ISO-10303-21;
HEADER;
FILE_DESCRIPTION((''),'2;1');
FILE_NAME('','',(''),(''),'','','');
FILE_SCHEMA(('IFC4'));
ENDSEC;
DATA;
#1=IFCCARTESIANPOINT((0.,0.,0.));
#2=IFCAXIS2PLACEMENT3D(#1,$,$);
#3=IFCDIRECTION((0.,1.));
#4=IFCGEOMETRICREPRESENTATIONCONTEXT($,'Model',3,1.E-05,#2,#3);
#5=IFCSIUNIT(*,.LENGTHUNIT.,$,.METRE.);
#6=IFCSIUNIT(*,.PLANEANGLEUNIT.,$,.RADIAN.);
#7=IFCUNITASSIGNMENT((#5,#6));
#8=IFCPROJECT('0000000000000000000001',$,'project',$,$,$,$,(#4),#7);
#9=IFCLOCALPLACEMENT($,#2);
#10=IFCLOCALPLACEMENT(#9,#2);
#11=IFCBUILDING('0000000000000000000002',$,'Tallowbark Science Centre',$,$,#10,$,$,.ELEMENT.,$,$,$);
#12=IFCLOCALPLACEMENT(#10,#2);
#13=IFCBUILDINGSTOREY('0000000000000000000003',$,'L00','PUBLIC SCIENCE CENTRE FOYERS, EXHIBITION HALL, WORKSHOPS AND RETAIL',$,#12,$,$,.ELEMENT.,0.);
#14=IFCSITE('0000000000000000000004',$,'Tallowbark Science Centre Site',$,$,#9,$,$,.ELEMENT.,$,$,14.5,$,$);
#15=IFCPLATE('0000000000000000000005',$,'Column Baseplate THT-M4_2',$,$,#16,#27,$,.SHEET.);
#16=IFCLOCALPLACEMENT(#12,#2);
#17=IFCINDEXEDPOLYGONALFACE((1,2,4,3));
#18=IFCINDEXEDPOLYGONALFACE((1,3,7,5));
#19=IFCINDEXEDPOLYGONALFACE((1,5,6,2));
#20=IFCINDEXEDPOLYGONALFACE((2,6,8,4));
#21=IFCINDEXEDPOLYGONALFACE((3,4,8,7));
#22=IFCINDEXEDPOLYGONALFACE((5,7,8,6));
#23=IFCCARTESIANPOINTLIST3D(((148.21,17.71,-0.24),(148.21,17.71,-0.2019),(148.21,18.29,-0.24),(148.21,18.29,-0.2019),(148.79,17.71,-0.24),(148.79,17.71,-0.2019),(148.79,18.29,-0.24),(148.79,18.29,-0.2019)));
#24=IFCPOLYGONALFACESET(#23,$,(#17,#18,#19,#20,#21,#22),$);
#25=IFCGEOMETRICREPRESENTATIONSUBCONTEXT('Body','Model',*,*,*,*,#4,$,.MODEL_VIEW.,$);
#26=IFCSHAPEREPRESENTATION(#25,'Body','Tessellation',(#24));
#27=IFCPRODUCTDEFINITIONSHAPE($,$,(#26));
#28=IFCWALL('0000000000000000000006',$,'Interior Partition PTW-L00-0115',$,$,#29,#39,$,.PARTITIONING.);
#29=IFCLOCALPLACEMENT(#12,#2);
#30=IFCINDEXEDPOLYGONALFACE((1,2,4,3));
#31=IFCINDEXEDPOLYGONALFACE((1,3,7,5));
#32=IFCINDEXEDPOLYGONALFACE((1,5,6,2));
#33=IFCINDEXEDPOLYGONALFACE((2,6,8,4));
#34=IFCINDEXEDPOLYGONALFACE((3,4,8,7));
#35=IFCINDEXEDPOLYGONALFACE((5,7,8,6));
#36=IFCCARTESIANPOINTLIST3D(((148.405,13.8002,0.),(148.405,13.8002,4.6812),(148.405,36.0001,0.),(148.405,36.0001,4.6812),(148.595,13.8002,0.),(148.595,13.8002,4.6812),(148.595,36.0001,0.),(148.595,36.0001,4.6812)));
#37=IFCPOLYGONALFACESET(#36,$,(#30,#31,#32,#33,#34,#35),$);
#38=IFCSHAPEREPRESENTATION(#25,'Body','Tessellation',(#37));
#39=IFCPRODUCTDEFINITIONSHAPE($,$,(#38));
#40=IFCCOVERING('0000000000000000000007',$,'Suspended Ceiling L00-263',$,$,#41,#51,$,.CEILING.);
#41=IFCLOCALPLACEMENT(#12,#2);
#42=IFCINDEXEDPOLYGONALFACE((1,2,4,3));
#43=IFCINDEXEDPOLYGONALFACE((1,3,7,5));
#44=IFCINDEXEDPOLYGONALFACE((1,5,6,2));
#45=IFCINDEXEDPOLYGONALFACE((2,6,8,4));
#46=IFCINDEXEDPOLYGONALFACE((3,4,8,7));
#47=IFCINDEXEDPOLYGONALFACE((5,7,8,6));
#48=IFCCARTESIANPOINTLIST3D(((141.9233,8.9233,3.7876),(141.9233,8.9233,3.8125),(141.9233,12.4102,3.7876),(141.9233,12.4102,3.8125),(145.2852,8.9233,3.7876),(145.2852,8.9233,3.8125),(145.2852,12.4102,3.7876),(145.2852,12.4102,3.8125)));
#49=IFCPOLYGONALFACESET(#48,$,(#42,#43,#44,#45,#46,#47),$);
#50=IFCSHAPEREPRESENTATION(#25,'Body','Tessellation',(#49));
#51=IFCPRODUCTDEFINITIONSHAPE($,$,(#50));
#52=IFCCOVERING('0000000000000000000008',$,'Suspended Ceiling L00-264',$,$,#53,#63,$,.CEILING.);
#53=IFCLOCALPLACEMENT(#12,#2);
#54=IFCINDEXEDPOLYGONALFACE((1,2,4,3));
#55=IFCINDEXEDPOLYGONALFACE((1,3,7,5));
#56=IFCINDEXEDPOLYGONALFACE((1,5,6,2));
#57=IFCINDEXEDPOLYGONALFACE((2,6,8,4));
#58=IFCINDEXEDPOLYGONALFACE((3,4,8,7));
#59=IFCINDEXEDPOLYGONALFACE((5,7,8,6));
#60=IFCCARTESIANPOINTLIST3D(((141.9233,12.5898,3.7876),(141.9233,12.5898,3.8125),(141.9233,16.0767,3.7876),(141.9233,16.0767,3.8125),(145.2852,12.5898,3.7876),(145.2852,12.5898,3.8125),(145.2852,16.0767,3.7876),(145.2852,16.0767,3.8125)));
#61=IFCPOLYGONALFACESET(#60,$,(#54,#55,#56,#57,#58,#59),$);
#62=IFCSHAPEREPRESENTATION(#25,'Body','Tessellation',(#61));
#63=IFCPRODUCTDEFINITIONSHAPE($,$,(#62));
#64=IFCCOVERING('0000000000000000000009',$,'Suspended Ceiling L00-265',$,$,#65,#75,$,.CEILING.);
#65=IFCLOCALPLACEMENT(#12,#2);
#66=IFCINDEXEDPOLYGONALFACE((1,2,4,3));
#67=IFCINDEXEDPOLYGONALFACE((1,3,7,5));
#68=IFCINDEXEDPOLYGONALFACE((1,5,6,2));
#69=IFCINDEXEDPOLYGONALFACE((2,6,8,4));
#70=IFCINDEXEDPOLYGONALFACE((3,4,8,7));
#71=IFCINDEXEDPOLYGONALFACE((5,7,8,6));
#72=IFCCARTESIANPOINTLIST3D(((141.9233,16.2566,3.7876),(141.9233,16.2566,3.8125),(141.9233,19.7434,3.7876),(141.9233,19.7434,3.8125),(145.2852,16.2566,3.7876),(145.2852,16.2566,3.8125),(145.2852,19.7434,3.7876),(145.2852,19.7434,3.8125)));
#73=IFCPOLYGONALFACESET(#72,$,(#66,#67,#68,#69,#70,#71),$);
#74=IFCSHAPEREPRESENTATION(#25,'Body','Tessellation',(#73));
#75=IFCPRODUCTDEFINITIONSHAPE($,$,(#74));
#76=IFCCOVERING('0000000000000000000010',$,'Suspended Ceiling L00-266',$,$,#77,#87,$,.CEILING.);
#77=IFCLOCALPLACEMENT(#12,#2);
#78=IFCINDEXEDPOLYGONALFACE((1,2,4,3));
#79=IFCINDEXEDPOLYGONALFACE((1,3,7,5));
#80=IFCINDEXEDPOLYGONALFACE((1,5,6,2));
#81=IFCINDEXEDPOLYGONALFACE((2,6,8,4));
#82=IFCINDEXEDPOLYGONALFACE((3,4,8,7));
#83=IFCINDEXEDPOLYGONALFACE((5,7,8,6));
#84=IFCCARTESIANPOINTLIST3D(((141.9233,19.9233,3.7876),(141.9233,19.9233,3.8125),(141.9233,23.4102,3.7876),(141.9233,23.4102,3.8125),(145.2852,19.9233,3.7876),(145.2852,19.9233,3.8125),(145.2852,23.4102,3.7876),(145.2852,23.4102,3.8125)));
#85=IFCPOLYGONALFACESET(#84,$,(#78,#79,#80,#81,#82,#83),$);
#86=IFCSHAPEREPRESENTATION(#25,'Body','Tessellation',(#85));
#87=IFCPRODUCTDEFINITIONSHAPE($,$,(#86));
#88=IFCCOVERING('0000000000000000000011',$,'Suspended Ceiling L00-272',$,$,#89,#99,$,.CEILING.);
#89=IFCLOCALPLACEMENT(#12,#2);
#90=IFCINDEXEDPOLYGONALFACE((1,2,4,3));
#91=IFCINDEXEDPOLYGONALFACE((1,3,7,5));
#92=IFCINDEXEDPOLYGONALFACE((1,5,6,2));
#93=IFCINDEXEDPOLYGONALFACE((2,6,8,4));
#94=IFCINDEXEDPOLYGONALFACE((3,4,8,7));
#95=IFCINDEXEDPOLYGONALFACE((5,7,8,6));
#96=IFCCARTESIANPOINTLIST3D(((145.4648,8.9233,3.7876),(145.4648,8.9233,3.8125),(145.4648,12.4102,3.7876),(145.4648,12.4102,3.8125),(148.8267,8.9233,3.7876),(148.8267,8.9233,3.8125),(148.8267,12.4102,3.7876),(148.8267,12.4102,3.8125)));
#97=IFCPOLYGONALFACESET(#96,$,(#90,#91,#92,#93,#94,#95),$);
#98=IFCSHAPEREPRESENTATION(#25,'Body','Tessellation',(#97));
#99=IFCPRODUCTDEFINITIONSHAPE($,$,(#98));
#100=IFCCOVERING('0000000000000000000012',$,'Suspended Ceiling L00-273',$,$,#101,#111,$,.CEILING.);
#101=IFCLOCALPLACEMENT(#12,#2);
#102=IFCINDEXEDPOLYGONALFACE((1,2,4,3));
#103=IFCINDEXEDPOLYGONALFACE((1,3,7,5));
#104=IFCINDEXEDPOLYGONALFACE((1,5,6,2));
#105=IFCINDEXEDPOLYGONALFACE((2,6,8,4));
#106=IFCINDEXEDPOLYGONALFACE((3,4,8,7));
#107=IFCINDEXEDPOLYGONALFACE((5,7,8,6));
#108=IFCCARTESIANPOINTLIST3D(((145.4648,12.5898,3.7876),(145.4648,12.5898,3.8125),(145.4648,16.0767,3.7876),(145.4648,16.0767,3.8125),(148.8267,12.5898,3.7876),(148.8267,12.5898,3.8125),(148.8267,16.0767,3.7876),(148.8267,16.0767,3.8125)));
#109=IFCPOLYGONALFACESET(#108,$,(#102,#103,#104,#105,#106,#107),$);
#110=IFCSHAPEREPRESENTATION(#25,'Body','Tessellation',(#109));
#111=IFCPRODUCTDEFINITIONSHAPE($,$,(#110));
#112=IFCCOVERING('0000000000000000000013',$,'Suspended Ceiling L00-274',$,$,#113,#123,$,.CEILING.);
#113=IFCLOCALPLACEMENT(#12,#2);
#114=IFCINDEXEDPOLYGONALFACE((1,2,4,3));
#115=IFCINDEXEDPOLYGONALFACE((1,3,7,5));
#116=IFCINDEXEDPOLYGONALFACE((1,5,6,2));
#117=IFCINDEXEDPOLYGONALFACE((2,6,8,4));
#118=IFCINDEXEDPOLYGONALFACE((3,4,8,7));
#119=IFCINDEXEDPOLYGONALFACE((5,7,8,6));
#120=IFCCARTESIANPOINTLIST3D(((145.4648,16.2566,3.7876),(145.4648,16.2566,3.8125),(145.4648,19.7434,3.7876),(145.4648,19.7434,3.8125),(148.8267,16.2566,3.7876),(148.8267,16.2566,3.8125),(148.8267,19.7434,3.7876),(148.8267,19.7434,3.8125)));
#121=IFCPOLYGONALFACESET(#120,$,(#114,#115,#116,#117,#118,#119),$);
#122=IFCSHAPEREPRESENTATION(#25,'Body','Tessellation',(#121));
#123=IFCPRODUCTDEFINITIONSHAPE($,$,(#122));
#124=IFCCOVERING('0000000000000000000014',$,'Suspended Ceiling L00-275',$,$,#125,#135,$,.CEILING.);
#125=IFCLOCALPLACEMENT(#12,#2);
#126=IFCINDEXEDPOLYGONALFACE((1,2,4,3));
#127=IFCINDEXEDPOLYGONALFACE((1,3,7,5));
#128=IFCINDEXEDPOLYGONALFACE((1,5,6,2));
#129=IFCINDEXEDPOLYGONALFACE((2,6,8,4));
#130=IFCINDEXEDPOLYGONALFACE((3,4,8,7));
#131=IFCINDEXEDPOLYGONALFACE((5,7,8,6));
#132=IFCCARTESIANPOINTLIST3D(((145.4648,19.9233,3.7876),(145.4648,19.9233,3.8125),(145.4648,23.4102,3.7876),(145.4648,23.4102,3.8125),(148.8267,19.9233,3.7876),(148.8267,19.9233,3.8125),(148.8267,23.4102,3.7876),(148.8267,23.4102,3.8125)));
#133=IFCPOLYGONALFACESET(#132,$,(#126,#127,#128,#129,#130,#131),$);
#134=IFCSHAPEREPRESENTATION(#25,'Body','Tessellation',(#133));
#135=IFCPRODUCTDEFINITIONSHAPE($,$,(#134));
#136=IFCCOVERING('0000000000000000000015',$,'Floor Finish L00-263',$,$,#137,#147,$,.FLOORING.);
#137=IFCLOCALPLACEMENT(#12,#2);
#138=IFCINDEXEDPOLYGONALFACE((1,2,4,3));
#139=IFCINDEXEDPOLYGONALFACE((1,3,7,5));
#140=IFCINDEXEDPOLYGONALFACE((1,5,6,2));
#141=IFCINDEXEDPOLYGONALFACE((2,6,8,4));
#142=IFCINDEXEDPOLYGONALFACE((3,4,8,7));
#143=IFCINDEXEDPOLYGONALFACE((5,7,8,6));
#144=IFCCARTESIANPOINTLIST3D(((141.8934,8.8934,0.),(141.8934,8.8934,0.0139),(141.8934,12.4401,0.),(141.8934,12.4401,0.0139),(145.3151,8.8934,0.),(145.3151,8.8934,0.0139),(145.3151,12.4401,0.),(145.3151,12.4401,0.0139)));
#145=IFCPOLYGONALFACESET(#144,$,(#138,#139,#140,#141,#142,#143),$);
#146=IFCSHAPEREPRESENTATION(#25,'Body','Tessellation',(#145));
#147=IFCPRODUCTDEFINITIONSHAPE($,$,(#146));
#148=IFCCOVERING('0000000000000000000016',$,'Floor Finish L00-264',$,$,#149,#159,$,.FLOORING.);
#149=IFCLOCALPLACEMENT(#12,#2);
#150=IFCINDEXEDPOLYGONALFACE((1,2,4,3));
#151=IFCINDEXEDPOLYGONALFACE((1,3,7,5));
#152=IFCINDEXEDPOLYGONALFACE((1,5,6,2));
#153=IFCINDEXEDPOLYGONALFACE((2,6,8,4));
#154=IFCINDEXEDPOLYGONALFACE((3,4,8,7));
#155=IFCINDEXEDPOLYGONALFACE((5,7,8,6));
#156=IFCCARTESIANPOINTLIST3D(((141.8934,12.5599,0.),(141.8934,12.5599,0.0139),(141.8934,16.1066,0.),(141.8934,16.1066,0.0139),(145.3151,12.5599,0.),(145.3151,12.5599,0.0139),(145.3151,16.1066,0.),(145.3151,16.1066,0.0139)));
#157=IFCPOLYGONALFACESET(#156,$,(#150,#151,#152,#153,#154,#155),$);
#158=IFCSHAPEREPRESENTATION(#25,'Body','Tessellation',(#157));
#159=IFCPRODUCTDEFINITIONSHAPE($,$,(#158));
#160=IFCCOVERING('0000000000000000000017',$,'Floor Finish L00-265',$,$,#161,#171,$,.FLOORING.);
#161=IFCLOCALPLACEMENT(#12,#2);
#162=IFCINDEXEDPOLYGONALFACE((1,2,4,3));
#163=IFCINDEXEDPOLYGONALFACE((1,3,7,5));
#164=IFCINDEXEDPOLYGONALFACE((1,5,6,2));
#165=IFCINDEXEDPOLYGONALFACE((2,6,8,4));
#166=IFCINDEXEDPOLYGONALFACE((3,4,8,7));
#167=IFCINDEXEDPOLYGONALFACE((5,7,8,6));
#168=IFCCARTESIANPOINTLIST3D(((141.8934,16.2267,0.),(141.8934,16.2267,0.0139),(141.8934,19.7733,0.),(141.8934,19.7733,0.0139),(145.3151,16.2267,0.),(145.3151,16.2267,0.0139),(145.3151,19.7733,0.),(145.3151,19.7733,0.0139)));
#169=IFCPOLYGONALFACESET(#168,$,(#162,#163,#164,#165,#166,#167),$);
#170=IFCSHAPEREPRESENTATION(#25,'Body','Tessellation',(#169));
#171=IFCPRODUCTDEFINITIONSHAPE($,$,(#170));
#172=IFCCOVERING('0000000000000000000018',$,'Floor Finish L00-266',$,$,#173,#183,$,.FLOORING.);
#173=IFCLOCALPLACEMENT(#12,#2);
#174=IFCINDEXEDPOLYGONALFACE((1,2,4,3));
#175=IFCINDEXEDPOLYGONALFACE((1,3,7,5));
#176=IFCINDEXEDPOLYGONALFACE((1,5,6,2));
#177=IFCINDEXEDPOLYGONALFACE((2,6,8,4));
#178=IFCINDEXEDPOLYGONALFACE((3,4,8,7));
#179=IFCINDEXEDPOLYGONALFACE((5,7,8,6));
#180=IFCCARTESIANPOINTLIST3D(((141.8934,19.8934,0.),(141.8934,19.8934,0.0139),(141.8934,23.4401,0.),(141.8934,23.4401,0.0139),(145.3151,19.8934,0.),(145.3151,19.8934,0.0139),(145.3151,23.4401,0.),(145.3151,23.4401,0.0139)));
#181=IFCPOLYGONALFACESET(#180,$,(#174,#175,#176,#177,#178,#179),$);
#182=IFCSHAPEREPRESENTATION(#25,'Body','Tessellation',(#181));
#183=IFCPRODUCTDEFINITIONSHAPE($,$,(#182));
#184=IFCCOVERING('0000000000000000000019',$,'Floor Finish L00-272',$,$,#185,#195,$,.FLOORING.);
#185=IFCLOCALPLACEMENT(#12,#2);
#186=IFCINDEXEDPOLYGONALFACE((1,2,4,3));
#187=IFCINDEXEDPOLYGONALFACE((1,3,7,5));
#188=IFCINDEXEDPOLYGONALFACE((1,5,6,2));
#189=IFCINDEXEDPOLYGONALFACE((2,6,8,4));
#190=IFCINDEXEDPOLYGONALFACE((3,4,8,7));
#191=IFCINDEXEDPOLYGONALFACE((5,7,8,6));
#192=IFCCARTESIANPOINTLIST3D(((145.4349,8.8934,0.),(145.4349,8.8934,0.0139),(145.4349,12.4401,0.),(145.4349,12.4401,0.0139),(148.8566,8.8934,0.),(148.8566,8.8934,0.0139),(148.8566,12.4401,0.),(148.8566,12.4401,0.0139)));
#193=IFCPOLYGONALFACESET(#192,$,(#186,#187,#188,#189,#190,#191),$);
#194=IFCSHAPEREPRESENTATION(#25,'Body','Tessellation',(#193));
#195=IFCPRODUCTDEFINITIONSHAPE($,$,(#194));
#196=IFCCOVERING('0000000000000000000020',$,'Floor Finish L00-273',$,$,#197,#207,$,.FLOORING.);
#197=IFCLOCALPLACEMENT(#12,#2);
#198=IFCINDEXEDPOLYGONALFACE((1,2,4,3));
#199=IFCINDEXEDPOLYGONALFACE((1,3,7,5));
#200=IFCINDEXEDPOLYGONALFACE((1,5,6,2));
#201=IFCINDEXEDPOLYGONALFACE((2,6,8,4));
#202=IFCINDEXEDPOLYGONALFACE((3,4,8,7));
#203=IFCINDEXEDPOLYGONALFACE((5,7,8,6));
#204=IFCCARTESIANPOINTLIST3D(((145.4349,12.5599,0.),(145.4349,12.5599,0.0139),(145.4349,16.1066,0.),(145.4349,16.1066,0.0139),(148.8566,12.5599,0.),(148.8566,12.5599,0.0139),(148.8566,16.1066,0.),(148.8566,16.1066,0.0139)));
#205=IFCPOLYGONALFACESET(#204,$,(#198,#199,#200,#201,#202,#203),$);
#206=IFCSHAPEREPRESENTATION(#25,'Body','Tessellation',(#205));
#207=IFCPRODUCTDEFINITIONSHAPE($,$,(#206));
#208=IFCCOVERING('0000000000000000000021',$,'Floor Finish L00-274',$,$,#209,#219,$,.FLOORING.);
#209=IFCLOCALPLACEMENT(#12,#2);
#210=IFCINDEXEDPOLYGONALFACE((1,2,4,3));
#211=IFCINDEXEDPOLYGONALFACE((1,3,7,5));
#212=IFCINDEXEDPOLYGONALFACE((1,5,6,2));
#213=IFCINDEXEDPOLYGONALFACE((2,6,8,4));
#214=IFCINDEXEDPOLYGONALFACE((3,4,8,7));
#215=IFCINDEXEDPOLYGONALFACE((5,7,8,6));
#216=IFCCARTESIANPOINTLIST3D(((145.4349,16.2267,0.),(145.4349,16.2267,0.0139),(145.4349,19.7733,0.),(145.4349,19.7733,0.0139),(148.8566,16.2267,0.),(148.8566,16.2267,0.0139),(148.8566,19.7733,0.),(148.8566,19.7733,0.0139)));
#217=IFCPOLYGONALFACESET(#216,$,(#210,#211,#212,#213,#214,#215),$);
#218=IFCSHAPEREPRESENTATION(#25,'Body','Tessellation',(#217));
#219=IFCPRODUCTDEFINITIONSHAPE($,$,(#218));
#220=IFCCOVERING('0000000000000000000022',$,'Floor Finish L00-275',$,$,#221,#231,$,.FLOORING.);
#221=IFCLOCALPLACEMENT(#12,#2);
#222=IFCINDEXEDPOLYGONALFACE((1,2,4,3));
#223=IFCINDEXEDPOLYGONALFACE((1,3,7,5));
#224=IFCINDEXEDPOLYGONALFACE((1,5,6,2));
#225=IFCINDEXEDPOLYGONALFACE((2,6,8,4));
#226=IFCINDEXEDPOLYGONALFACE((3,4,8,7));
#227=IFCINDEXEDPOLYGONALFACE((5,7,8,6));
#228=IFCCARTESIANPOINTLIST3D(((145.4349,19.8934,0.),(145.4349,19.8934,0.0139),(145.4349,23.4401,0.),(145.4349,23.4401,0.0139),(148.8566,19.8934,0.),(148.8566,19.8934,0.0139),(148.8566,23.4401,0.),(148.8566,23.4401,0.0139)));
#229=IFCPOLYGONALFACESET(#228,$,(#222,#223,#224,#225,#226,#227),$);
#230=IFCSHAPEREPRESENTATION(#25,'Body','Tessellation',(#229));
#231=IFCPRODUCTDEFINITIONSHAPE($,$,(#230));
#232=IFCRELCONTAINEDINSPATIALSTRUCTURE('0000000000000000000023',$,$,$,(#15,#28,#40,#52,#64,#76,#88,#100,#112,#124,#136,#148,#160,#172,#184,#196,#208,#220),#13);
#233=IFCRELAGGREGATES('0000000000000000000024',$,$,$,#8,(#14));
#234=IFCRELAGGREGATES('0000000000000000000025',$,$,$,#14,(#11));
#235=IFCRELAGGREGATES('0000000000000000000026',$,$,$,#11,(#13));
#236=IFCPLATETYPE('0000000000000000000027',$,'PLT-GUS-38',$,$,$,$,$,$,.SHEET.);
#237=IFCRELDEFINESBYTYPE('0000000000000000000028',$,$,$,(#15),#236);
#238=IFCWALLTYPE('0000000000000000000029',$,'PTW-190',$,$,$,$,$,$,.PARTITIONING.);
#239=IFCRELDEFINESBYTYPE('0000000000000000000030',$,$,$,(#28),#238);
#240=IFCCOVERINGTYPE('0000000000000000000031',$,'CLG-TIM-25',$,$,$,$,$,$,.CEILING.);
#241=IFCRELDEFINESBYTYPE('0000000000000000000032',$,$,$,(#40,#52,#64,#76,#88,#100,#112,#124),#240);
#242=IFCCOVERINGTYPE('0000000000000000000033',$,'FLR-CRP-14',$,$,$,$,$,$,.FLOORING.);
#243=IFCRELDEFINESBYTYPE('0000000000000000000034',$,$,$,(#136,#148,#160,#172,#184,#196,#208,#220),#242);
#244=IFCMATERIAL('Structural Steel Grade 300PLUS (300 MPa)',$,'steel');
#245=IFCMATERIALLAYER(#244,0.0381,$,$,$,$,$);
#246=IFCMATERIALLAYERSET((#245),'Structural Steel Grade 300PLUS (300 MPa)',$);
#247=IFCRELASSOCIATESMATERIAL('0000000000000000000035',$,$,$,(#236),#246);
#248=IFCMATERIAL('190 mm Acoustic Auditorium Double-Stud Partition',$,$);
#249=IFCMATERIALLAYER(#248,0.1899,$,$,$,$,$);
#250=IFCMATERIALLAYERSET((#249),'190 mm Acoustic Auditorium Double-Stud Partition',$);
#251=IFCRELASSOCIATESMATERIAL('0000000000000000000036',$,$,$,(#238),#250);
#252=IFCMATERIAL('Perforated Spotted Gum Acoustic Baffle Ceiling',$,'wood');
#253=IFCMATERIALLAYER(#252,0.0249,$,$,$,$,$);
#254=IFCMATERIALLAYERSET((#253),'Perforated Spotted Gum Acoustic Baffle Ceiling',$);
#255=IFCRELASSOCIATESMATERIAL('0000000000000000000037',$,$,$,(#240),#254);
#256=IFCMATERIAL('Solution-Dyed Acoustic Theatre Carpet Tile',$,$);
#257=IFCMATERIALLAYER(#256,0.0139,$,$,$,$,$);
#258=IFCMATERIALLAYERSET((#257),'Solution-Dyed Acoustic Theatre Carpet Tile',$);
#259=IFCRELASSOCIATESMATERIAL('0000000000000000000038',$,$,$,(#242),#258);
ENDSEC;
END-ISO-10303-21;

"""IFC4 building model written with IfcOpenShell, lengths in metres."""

from ifc_helpers import new_model, si_unit, direction, frame, frame_2d, origin, origin_2d, place, context, subcontext, project, spatial, rectangle, extrude, material, layer, layer_set, type_object, element, save


model = new_model("IFC4")

# Units and contexts
model_context = context("Model", 3, precision=1e-05, world=origin(), true_north=direction((0.0, 1.0)))
body_context = subcontext(model_context, "Body", "Model", "MODEL_VIEW")
ifc_project = project(units=[si_unit("LENGTHUNIT", "METRE"), si_unit("PLANEANGLEUNIT", "RADIAN")], contexts=[model_context])

# Site, building, storey
site_placement = place(None, origin())
site = spatial("IfcSite", under=ifc_project, at=site_placement, Name="Tallowbark Science Centre Site", CompositionType="ELEMENT", RefElevation=14.5)
building_placement = place(site_placement, origin())
building = spatial("IfcBuilding", under=site, at=building_placement, Name="Tallowbark Science Centre", CompositionType="ELEMENT")
storey_placement = place(building_placement, origin())
storey = spatial("IfcBuildingStorey", under=building, at=storey_placement, Name="L00", Description="PUBLIC SCIENCE CENTRE FOYERS, EXHIBITION HALL, WORKSHOPS AND RETAIL", CompositionType="ELEMENT", Elevation=0.0)

# Shared definitions
ifc_material_1 = material(Name="Structural Steel Grade 300PLUS (300 MPa)", Category="steel")

# Plate
ifc_layer_1 = layer(ifc_material_1, 0.0381)
ifc_layer_set_1 = layer_set([ifc_layer_1], Name="Structural Steel Grade 300PLUS (300 MPa)")
plate_type = type_object("IfcPlateType", Name="PLT-GUS-38", PredefinedType="SHEET", material=ifc_layer_set_1)
plate_placement = place(storey_placement, frame((148.5, 18.0, -0.24), z_axis=(0.0, 0.0, 1.0), x_axis=(1.0, 0.0, 0.0)))
element("IfcPlate", 1, at=plate_placement, inside=storey, type_object=plate_type, Name="Column Baseplate THT-M4_2", PredefinedType="SHEET", context=body_context, shape_type="SweptSolid", body=[
    extrude(rectangle(XDim=0.5801, YDim=0.5801, at=origin_2d()), origin(), (0.0, 0.0, 1.0), 0.0381),
])

# Wall
ifc_material_2 = material(Name="190 mm Acoustic Auditorium Double-Stud Partition")
ifc_layer_2 = layer(ifc_material_2, 0.1899)
ifc_layer_set_2 = layer_set([ifc_layer_2], Name="190 mm Acoustic Auditorium Double-Stud Partition")
wall_type = type_object("IfcWallType", Name="PTW-190", PredefinedType="PARTITIONING", material=ifc_layer_set_2)
wall_placement = place(storey_placement, frame((148.5, 13.8, 0.0), z_axis=(0.0, 0.0, 1.0), x_axis=(0.0, 1.0, 0.0)))
element("IfcWall", 2, at=wall_placement, inside=storey, type_object=wall_type, Name="Interior Partition PTW-L00-0115", PredefinedType="PARTITIONING", context=body_context, shape_type="SweptSolid", body=[
    extrude(rectangle(XDim=22.2, YDim=0.1899, at=frame_2d((11.1001, 0.0))), origin(), (0.0, 0.0, 1.0), 4.6812),
])

# Coverings
ifc_material_3 = material(Name="Perforated Spotted Gum Acoustic Baffle Ceiling", Category="wood")
ifc_layer_3 = layer(ifc_material_3, 0.0249)
ifc_layer_set_3 = layer_set([ifc_layer_3], Name="Perforated Spotted Gum Acoustic Baffle Ceiling")
covering_type_1 = type_object("IfcCoveringType", Name="CLG-TIM-25", PredefinedType="CEILING", material=ifc_layer_set_3)
for number, where, z_axis, x_axis, name in (
    (3, (143.6042, 10.6667, 3.7876), (0.0, 0.0, 1.0), (1.0, 0.0, 0.0), "Suspended Ceiling L00-263"),
    (4, (143.6042, 14.3333, 3.7876), (0.0, 0.0, 1.0), (1.0, 0.0, 0.0), "Suspended Ceiling L00-264"),
    (5, (143.6042, 18.0, 3.7876), (0.0, 0.0, 1.0), (1.0, 0.0, 0.0), "Suspended Ceiling L00-265"),
    (6, (143.6042, 21.6667, 3.7876), (0.0, 0.0, 1.0), (1.0, 0.0, 0.0), "Suspended Ceiling L00-266"),
    (7, (147.1458, 10.6667, 3.7876), (0.0, 0.0, 1.0), (1.0, 0.0, 0.0), "Suspended Ceiling L00-272"),
    (8, (147.1458, 14.3333, 3.7876), (0.0, 0.0, 1.0), (1.0, 0.0, 0.0), "Suspended Ceiling L00-273"),
    (9, (147.1458, 18.0, 3.7876), (0.0, 0.0, 1.0), (1.0, 0.0, 0.0), "Suspended Ceiling L00-274"),
    (10, (147.1458, 21.6667, 3.7876), (0.0, 0.0, 1.0), (1.0, 0.0, 0.0), "Suspended Ceiling L00-275"),
):
    element("IfcCovering", number, at=place(storey_placement, frame(where, z_axis=z_axis, x_axis=x_axis)), inside=storey, type_object=covering_type_1, Name=name, PredefinedType="CEILING", context=body_context, shape_type="SweptSolid", body=[
        extrude(rectangle(XDim=3.3618, YDim=3.4868, at=origin_2d()), origin(), (0.0, 0.0, 1.0), 0.0249),
    ])
ifc_material_4 = material(Name="Solution-Dyed Acoustic Theatre Carpet Tile")
ifc_layer_4 = layer(ifc_material_4, 0.0139)
ifc_layer_set_4 = layer_set([ifc_layer_4], Name="Solution-Dyed Acoustic Theatre Carpet Tile")
covering_type_2 = type_object("IfcCoveringType", Name="FLR-CRP-14", PredefinedType="FLOORING", material=ifc_layer_set_4)
for number, where, z_axis, x_axis, name in (
    (11, (143.6042, 10.6667, 0.0), (0.0, 0.0, 1.0), (1.0, 0.0, 0.0), "Floor Finish L00-263"),
    (12, (143.6042, 14.3333, 0.0), (0.0, 0.0, 1.0), (1.0, 0.0, 0.0), "Floor Finish L00-264"),
    (13, (143.6042, 18.0, 0.0), (0.0, 0.0, 1.0), (1.0, 0.0, 0.0), "Floor Finish L00-265"),
    (14, (143.6042, 21.6667, 0.0), (0.0, 0.0, 1.0), (1.0, 0.0, 0.0), "Floor Finish L00-266"),
    (15, (147.1458, 10.6667, 0.0), (0.0, 0.0, 1.0), (1.0, 0.0, 0.0), "Floor Finish L00-272"),
    (16, (147.1458, 14.3333, 0.0), (0.0, 0.0, 1.0), (1.0, 0.0, 0.0), "Floor Finish L00-273"),
    (17, (147.1458, 18.0, 0.0), (0.0, 0.0, 1.0), (1.0, 0.0, 0.0), "Floor Finish L00-274"),
    (18, (147.1458, 21.6667, 0.0), (0.0, 0.0, 1.0), (1.0, 0.0, 0.0), "Floor Finish L00-275"),
):
    element("IfcCovering", number, at=place(storey_placement, frame(where, z_axis=z_axis, x_axis=x_axis)), inside=storey, type_object=covering_type_2, Name=name, PredefinedType="FLOORING", context=body_context, shape_type="SweptSolid", body=[
        extrude(rectangle(XDim=3.4216, YDim=3.5466, at=origin_2d()), origin(), (0.0, 0.0, 1.0), 0.0139),
    ])

save(model, "model.ifc")
